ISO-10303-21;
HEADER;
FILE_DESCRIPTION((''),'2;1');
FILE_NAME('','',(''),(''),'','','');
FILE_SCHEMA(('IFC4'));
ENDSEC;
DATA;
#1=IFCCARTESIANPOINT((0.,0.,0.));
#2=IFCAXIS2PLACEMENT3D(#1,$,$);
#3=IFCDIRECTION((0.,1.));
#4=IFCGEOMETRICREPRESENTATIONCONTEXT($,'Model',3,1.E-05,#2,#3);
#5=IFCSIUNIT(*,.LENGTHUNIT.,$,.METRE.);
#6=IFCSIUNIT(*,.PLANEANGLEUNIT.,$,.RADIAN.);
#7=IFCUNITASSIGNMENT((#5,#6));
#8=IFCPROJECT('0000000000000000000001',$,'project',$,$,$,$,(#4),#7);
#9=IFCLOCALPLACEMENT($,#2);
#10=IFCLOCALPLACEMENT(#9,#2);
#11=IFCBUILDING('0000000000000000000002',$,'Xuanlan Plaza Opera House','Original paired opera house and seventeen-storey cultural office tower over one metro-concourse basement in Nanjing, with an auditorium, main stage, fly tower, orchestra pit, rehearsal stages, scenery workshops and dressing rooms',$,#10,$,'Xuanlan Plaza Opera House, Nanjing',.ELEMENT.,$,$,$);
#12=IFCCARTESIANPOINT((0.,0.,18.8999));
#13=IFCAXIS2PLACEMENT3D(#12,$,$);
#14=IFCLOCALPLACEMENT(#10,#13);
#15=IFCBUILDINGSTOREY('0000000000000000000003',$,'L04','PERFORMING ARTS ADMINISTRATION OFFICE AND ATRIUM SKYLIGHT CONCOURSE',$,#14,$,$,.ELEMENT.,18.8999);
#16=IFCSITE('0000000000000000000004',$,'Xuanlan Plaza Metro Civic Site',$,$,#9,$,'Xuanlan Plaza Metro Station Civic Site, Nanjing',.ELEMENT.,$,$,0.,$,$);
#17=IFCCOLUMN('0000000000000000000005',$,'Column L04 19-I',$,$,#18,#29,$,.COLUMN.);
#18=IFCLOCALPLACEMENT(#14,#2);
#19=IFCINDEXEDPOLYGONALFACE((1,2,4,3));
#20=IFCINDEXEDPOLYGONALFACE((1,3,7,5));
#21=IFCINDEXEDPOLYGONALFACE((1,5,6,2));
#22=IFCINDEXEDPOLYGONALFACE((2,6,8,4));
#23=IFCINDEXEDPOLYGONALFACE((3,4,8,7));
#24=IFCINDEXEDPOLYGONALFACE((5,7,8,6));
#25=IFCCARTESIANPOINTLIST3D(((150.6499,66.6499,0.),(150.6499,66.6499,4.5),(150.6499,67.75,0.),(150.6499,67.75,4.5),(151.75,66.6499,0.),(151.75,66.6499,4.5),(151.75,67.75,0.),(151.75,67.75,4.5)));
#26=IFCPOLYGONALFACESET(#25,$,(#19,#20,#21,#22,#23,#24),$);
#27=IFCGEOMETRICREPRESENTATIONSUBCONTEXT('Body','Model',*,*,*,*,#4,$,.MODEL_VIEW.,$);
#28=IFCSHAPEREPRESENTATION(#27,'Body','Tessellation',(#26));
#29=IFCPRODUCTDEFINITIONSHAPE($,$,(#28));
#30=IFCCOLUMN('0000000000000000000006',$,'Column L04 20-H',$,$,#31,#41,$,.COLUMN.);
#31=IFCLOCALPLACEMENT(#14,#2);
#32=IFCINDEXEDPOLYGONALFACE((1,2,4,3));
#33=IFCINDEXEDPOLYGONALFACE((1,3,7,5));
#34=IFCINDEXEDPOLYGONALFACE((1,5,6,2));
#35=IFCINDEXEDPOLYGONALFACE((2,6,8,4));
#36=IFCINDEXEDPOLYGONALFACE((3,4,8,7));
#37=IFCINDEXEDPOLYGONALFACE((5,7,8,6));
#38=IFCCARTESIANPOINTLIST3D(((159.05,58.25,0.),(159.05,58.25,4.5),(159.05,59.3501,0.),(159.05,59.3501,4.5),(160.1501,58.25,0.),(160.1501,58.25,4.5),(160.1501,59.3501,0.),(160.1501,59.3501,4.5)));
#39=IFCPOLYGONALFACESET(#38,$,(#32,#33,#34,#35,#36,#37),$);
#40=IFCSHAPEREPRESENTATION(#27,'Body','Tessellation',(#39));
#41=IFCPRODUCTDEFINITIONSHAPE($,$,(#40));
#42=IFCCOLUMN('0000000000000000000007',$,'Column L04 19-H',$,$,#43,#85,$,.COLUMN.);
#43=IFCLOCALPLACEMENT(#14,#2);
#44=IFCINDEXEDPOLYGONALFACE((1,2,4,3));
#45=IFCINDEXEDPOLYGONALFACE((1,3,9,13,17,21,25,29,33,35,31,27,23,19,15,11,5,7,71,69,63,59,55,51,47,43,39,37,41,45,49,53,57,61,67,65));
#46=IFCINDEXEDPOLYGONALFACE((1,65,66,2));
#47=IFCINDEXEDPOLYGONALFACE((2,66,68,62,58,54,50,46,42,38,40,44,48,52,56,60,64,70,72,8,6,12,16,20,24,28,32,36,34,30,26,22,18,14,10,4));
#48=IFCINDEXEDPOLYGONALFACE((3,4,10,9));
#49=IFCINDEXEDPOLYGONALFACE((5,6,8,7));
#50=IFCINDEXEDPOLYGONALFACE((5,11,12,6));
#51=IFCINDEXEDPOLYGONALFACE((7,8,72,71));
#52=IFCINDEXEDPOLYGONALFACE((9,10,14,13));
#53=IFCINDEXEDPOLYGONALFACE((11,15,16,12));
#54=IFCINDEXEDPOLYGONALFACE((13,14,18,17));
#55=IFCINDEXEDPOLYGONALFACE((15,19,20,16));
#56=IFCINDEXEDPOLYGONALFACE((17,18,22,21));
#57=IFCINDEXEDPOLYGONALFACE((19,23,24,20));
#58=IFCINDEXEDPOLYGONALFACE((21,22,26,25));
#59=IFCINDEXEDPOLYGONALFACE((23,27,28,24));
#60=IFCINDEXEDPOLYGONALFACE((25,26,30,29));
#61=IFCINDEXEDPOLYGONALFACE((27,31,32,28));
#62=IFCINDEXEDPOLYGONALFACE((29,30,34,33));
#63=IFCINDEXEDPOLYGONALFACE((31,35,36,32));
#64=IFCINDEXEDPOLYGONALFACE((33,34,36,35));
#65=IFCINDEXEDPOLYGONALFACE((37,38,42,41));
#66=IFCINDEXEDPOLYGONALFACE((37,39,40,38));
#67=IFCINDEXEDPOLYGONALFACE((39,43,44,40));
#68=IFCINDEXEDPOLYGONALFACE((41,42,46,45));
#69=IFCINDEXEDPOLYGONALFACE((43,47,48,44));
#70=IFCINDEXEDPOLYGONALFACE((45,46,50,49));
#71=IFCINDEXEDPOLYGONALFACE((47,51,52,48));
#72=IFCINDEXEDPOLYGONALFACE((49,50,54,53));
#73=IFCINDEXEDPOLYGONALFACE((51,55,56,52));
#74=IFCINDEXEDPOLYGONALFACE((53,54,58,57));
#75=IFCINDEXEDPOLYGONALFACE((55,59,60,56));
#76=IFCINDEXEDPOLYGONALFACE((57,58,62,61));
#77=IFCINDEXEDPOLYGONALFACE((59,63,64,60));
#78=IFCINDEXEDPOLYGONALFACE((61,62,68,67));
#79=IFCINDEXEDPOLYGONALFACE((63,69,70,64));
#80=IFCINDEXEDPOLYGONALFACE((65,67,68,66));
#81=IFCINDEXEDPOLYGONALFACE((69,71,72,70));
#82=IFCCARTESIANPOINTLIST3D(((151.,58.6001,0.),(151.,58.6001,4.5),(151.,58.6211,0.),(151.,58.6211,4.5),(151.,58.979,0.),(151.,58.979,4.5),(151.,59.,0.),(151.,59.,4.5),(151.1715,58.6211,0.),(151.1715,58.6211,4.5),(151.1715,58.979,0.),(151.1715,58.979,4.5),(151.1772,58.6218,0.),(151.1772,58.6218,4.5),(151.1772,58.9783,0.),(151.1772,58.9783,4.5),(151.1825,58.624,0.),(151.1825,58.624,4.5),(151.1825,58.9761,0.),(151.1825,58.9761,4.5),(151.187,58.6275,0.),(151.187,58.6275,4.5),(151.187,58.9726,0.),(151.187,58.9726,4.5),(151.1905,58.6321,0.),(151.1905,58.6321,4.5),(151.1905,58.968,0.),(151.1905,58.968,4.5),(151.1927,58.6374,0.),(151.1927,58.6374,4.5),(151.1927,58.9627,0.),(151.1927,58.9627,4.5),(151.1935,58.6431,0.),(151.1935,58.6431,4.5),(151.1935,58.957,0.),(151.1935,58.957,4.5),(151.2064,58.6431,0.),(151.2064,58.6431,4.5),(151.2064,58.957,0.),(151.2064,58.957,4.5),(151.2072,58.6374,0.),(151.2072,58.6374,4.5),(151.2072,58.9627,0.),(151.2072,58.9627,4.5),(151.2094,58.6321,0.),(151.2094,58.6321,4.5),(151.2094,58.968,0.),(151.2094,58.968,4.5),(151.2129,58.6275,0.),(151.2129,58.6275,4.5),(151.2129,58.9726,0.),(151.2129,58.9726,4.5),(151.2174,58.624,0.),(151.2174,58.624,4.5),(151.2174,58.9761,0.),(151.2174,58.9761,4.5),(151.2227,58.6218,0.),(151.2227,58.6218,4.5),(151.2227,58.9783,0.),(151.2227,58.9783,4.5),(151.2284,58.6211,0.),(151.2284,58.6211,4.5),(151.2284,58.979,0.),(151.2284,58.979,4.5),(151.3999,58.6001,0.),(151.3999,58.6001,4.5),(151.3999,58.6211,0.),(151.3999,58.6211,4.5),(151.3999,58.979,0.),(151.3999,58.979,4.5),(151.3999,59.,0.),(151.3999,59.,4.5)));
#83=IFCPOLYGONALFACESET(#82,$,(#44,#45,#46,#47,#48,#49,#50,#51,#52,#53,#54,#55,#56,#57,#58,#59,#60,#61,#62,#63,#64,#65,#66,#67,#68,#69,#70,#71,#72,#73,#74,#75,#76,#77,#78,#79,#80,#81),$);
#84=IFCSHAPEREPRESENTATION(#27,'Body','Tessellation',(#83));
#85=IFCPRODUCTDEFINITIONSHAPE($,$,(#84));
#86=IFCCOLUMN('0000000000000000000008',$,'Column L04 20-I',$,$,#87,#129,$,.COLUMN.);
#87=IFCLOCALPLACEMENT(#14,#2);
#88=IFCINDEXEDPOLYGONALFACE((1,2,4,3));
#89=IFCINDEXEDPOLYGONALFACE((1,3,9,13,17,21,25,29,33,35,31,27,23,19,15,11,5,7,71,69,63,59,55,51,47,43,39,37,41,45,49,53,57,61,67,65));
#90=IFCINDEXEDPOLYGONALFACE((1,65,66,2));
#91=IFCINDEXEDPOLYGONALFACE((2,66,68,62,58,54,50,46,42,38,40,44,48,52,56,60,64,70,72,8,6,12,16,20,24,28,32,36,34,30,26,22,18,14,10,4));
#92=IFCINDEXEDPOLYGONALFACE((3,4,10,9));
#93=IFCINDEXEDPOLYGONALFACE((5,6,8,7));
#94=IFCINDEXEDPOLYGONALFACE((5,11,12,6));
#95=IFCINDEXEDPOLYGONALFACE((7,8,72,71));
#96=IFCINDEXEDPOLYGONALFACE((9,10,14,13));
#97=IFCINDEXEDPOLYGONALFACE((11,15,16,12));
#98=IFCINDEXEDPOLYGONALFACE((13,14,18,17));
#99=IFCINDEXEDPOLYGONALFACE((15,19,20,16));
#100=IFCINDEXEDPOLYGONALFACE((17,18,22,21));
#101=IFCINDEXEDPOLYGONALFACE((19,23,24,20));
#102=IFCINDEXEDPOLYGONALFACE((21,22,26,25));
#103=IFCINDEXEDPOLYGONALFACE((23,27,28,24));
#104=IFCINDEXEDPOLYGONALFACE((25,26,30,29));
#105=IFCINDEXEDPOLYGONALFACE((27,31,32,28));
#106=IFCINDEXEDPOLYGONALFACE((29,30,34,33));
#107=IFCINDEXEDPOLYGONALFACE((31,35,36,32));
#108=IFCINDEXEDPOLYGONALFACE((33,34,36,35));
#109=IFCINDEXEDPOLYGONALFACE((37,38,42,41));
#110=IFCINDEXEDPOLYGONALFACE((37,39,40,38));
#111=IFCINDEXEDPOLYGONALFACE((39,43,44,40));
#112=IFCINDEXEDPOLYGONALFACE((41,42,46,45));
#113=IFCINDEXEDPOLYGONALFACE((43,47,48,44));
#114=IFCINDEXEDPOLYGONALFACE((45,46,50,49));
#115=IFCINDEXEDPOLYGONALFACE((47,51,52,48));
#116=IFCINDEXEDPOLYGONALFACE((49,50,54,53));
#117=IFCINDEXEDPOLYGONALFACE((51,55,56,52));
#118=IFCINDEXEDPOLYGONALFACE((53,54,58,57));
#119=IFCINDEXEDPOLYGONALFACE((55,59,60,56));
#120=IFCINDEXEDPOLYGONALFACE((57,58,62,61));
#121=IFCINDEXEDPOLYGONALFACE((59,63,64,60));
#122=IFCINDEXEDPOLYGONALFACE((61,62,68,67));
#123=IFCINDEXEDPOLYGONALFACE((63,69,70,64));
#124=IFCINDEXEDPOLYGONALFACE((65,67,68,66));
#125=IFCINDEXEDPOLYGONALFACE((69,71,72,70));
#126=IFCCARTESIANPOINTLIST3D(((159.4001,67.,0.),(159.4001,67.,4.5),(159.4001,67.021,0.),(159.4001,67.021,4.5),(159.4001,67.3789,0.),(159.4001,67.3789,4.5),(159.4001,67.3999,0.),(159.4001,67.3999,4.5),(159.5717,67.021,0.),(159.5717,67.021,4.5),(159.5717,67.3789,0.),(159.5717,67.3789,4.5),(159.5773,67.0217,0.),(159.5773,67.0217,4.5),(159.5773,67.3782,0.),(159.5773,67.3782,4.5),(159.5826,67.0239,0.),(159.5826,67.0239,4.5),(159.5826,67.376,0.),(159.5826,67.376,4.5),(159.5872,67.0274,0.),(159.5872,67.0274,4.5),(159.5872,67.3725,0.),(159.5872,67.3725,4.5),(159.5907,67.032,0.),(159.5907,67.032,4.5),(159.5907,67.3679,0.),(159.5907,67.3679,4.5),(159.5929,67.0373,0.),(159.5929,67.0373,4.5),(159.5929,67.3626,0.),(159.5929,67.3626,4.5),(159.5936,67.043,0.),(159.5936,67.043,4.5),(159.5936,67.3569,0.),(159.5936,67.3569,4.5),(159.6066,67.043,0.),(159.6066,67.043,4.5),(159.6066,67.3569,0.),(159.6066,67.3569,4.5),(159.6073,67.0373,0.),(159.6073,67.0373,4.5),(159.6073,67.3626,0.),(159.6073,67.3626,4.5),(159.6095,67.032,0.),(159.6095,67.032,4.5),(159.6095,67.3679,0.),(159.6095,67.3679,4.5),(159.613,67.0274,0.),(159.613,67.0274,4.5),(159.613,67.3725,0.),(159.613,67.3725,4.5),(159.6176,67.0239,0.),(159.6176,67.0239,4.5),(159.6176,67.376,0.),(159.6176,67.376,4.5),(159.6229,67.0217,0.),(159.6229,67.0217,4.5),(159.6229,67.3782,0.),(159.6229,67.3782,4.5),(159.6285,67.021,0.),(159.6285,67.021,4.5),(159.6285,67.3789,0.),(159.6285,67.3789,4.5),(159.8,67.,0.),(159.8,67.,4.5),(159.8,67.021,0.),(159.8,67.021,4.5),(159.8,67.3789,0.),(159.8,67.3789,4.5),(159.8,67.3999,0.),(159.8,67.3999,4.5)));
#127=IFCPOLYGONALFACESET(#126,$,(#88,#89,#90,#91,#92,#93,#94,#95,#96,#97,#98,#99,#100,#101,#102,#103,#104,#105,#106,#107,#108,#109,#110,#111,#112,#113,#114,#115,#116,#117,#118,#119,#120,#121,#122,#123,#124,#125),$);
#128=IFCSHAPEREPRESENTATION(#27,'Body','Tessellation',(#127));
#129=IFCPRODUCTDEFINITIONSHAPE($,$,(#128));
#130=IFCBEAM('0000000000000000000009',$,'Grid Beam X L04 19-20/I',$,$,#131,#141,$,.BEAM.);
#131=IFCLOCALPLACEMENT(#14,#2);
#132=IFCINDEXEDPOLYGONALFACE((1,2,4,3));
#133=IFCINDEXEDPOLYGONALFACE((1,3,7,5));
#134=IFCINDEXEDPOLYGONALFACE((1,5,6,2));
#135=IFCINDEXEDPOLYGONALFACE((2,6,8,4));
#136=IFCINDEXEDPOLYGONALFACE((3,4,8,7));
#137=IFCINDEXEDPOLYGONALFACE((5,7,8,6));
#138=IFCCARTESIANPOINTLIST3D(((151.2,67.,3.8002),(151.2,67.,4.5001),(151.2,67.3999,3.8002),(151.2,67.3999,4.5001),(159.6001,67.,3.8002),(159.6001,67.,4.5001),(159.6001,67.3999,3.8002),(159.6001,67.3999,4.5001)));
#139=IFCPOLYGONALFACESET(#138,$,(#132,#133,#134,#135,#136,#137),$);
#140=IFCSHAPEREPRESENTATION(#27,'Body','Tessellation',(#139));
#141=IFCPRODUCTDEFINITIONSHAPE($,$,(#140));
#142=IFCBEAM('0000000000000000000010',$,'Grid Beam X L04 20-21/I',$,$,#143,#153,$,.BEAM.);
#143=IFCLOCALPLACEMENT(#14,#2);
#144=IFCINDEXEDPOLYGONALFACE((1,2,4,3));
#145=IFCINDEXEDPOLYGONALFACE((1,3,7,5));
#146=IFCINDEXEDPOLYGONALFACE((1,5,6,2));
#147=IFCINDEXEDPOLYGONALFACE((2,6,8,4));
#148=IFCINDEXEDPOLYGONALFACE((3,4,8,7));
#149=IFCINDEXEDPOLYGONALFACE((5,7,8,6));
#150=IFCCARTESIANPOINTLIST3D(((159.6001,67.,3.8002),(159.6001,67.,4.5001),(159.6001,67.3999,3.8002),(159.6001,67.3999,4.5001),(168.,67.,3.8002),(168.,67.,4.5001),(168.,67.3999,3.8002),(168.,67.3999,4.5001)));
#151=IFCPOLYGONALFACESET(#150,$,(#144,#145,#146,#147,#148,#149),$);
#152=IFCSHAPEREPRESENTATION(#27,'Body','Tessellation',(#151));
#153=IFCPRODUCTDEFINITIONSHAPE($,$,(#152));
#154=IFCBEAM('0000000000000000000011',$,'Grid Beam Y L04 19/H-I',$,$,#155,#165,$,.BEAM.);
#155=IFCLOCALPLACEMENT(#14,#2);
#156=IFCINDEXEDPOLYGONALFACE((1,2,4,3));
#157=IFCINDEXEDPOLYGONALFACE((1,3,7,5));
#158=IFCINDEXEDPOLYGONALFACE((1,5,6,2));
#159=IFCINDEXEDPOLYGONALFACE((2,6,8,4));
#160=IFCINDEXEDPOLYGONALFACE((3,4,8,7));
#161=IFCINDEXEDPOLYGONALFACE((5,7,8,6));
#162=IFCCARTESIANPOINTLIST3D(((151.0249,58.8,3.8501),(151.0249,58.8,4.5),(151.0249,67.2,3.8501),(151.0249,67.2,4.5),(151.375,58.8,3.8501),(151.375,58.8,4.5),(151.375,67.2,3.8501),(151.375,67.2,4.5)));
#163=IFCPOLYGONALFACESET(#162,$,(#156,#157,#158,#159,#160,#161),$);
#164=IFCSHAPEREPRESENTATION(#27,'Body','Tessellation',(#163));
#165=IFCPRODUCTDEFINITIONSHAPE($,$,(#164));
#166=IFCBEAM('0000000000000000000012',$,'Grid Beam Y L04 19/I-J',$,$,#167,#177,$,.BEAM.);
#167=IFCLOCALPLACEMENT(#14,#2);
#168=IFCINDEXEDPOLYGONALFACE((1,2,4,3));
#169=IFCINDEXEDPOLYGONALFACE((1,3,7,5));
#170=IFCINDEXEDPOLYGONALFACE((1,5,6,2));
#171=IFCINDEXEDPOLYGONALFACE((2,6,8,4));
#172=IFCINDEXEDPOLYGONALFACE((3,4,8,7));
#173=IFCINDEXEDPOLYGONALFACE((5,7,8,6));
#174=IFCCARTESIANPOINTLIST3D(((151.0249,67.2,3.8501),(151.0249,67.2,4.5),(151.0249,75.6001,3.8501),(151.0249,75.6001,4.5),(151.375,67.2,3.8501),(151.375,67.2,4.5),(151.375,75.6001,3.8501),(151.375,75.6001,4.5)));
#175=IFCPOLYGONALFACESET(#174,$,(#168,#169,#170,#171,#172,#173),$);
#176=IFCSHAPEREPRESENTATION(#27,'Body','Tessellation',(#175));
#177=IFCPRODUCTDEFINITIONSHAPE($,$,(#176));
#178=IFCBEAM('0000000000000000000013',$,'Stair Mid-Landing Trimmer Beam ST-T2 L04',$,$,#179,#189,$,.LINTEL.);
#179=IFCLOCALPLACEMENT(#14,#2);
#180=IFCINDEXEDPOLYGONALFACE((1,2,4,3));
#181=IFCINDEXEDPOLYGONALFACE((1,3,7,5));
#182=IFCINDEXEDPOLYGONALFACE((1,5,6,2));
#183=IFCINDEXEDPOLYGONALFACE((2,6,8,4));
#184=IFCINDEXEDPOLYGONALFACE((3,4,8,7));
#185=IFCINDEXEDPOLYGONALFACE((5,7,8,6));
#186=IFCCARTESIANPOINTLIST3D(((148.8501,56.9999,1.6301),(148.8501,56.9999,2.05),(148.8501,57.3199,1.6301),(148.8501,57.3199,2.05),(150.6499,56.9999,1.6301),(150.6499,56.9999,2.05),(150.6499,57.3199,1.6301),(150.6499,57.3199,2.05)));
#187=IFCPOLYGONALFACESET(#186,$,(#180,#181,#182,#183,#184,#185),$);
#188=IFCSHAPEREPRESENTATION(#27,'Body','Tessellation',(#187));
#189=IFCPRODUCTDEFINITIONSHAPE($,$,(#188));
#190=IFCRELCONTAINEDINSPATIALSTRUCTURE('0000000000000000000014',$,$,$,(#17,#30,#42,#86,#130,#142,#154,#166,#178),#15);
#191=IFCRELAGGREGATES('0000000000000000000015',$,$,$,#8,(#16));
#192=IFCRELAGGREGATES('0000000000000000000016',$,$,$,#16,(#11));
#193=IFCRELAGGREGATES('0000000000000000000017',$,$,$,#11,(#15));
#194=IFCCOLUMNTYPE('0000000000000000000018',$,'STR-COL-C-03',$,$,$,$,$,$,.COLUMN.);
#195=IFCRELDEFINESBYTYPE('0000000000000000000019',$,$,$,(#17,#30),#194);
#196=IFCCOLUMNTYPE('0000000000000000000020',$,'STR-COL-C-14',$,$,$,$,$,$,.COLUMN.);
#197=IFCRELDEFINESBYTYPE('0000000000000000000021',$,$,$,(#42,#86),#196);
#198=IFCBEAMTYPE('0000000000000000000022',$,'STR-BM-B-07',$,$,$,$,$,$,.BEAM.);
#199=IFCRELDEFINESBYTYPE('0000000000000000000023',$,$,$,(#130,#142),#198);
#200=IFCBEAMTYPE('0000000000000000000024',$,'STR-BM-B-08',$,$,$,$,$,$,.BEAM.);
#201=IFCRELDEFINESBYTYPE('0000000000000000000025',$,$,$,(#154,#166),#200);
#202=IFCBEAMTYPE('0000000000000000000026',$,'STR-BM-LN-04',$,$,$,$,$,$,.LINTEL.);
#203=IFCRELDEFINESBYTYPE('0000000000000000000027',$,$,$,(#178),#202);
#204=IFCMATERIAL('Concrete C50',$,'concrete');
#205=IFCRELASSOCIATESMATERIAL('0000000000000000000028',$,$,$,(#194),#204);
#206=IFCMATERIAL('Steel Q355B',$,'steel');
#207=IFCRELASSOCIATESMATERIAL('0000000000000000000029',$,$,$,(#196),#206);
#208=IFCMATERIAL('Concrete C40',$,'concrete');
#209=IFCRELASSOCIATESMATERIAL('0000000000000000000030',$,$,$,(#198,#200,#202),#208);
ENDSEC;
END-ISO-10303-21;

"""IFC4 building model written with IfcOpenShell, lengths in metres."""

from ifc_helpers import new_model, si_unit, direction, frame, origin, origin_2d, place, context, subcontext, project, spatial, rectangle, i_section, extrude, material, material_profile, profile_set, type_object, element, save


model = new_model("IFC4")

# Units and contexts
model_context = context("Model", 3, precision=1e-05, world=origin(), true_north=direction((0.0, 1.0)))
body_context = subcontext(model_context, "Body", "Model", "MODEL_VIEW")
ifc_project = project(units=[si_unit("LENGTHUNIT", "METRE"), si_unit("PLANEANGLEUNIT", "RADIAN")], contexts=[model_context])

# Site, building, storey
site_placement = place(None, origin())
site = spatial("IfcSite", under=ifc_project, at=site_placement, Name="Xuanlan Plaza Metro Civic Site", LongName="Xuanlan Plaza Metro Station Civic Site, Nanjing", CompositionType="ELEMENT", RefElevation=0.0)
building_placement = place(site_placement, origin())
building = spatial("IfcBuilding", under=site, at=building_placement, Name="Xuanlan Plaza Opera House", Description="Original paired opera house and seventeen-storey cultural office tower over one metro-concourse basement in Nanjing, with an auditorium, main stage, fly tower, orchestra pit, rehearsal stages, scenery workshops and dressing rooms", LongName="Xuanlan Plaza Opera House, Nanjing", CompositionType="ELEMENT")
storey_placement = place(building_placement, frame((0.0, 0.0, 18.8999)))
storey = spatial("IfcBuildingStorey", under=building, at=storey_placement, Name="L04", Description="PERFORMING ARTS ADMINISTRATION OFFICE AND ATRIUM SKYLIGHT CONCOURSE", CompositionType="ELEMENT", Elevation=18.8999)

# Columns
ifc_material_1 = material(Name="Concrete C50", Category="concrete")
ifc_material_profile_1 = material_profile(ifc_material_1, rectangle(XDim=1.1001, YDim=1.1001, at=origin_2d()), Name="RC-COL 1100x1100")
ifc_profile_set_1 = profile_set([ifc_material_profile_1], Name="Concrete C50")
column_type_1 = type_object("IfcColumnType", Name="STR-COL-C-03", PredefinedType="COLUMN", material=ifc_profile_set_1)
for number, where, z_axis, x_axis, name in (
    (1, (151.2, 67.2, 0.0), (0.0, 0.0, 1.0), (1.0, 0.0, 0.0), "Column L04 19-I"),
    (2, (159.6001, 58.8, 0.0), (0.0, 0.0, 1.0), (1.0, 0.0, 0.0), "Column L04 20-H"),
):
    element("IfcColumn", number, at=place(storey_placement, frame(where, z_axis=z_axis, x_axis=x_axis)), inside=storey, type_object=column_type_1, Name=name, PredefinedType="COLUMN", context=body_context, shape_type="SweptSolid", body=[
        extrude(rectangle(XDim=1.1001, YDim=1.1001, at=origin_2d()), origin(), (0.0, 0.0, 1.0), 4.5),
    ])
ifc_material_2 = material(Name="Steel Q355B", Category="steel")
ifc_material_profile_2 = material_profile(ifc_material_2, i_section(OverallWidth=0.3999, OverallDepth=0.3999, WebThickness=0.0129, FlangeThickness=0.021, FilletRadius=0.022, at=origin_2d()), Name="HW 400x400x13x21")
ifc_profile_set_2 = profile_set([ifc_material_profile_2], Name="Steel Q355B")
column_type_2 = type_object("IfcColumnType", Name="STR-COL-C-14", PredefinedType="COLUMN", material=ifc_profile_set_2)
for number, where, z_axis, x_axis, name in (
    (3, (151.2, 58.8, 0.0), (0.0, 0.0, 1.0), (1.0, 0.0, 0.0), "Column L04 19-H"),
    (4, (159.6001, 67.2, 0.0), (0.0, 0.0, 1.0), (1.0, 0.0, 0.0), "Column L04 20-I"),
):
    element("IfcColumn", number, at=place(storey_placement, frame(where, z_axis=z_axis, x_axis=x_axis)), inside=storey, type_object=column_type_2, Name=name, PredefinedType="COLUMN", context=body_context, shape_type="SweptSolid", body=[
        extrude(i_section(OverallWidth=0.3999, OverallDepth=0.3999, WebThickness=0.0129, FlangeThickness=0.021, FilletRadius=0.022, at=origin_2d()), origin(), (0.0, 0.0, 1.0), 4.5),
    ])

# Beams
ifc_material_3 = material(Name="Concrete C40", Category="concrete")
ifc_material_profile_3 = material_profile(ifc_material_3, rectangle(XDim=0.3999, YDim=0.7, at=origin_2d()), Name="RC-BM 400x700")
ifc_profile_set_3 = profile_set([ifc_material_profile_3], Name="Concrete C40")
beam_type_1 = type_object("IfcBeamType", Name="STR-BM-B-07", PredefinedType="BEAM", material=ifc_profile_set_3)
beam_1_placement = place(storey_placement, frame((151.2, 67.2, 4.1501), z_axis=(1.0, 0.0, 0.0), x_axis=(0.0, 1.0, 0.0)))
element("IfcBeam", 5, at=beam_1_placement, inside=storey, type_object=beam_type_1, Name="Grid Beam X L04 19-20/I", PredefinedType="BEAM", context=body_context, shape_type="SweptSolid", body=[
    extrude(rectangle(XDim=0.3999, YDim=0.7, at=origin_2d()), origin(), (0.0, 0.0, 1.0), 8.4001),
])
beam_2_placement = place(storey_placement, frame((159.6001, 67.2, 4.1501), z_axis=(1.0, 0.0, 0.0), x_axis=(0.0, 1.0, 0.0)))
element("IfcBeam", 6, at=beam_2_placement, inside=storey, type_object=beam_type_1, Name="Grid Beam X L04 20-21/I", PredefinedType="BEAM", context=body_context, shape_type="SweptSolid", body=[
    extrude(rectangle(XDim=0.3999, YDim=0.7, at=origin_2d()), origin(), (0.0, 0.0, 1.0), 8.3999),
])
ifc_material_profile_4 = material_profile(ifc_material_3, rectangle(XDim=0.3501, YDim=0.6499, at=origin_2d()), Name="RC-BM 350x650")
ifc_profile_set_4 = profile_set([ifc_material_profile_4], Name="Concrete C40")
beam_type_2 = type_object("IfcBeamType", Name="STR-BM-B-08", PredefinedType="BEAM", material=ifc_profile_set_4)
beam_3_placement = place(storey_placement, frame((151.2, 58.8, 4.175), z_axis=(0.0, 1.0, 0.0), x_axis=(-1.0, 0.0, 0.0)))
element("IfcBeam", 7, at=beam_3_placement, inside=storey, type_object=beam_type_2, Name="Grid Beam Y L04 19/H-I", PredefinedType="BEAM", context=body_context, shape_type="SweptSolid", body=[
    extrude(rectangle(XDim=0.3501, YDim=0.6499, at=origin_2d()), origin(), (0.0, 0.0, 1.0), 8.3999),
])
beam_4_placement = place(storey_placement, frame((151.2, 67.2, 4.175), z_axis=(0.0, 1.0, 0.0), x_axis=(-1.0, 0.0, 0.0)))
element("IfcBeam", 8, at=beam_4_placement, inside=storey, type_object=beam_type_2, Name="Grid Beam Y L04 19/I-J", PredefinedType="BEAM", context=body_context, shape_type="SweptSolid", body=[
    extrude(rectangle(XDim=0.3501, YDim=0.6499, at=origin_2d()), origin(), (0.0, 0.0, 1.0), 8.4001),
])
ifc_material_profile_5 = material_profile(ifc_material_3, rectangle(XDim=0.3201, YDim=0.4199, at=origin_2d()), Name="RC-LNT 320x420")
ifc_profile_set_5 = profile_set([ifc_material_profile_5], Name="Concrete C40")
beam_type_3 = type_object("IfcBeamType", Name="STR-BM-LN-04", PredefinedType="LINTEL", material=ifc_profile_set_5)
beam_5_placement = place(storey_placement, frame((148.8501, 57.1599, 1.8401), z_axis=(1.0, 0.0, 0.0), x_axis=(0.0, 1.0, 0.0)))
element("IfcBeam", 9, at=beam_5_placement, inside=storey, type_object=beam_type_3, Name="Stair Mid-Landing Trimmer Beam ST-T2 L04", PredefinedType="LINTEL", context=body_context, shape_type="SweptSolid", body=[
    extrude(rectangle(XDim=0.3201, YDim=0.4199, at=origin_2d()), origin(), (0.0, 0.0, 1.0), 1.7998),
])

save(model, "model.ifc")
